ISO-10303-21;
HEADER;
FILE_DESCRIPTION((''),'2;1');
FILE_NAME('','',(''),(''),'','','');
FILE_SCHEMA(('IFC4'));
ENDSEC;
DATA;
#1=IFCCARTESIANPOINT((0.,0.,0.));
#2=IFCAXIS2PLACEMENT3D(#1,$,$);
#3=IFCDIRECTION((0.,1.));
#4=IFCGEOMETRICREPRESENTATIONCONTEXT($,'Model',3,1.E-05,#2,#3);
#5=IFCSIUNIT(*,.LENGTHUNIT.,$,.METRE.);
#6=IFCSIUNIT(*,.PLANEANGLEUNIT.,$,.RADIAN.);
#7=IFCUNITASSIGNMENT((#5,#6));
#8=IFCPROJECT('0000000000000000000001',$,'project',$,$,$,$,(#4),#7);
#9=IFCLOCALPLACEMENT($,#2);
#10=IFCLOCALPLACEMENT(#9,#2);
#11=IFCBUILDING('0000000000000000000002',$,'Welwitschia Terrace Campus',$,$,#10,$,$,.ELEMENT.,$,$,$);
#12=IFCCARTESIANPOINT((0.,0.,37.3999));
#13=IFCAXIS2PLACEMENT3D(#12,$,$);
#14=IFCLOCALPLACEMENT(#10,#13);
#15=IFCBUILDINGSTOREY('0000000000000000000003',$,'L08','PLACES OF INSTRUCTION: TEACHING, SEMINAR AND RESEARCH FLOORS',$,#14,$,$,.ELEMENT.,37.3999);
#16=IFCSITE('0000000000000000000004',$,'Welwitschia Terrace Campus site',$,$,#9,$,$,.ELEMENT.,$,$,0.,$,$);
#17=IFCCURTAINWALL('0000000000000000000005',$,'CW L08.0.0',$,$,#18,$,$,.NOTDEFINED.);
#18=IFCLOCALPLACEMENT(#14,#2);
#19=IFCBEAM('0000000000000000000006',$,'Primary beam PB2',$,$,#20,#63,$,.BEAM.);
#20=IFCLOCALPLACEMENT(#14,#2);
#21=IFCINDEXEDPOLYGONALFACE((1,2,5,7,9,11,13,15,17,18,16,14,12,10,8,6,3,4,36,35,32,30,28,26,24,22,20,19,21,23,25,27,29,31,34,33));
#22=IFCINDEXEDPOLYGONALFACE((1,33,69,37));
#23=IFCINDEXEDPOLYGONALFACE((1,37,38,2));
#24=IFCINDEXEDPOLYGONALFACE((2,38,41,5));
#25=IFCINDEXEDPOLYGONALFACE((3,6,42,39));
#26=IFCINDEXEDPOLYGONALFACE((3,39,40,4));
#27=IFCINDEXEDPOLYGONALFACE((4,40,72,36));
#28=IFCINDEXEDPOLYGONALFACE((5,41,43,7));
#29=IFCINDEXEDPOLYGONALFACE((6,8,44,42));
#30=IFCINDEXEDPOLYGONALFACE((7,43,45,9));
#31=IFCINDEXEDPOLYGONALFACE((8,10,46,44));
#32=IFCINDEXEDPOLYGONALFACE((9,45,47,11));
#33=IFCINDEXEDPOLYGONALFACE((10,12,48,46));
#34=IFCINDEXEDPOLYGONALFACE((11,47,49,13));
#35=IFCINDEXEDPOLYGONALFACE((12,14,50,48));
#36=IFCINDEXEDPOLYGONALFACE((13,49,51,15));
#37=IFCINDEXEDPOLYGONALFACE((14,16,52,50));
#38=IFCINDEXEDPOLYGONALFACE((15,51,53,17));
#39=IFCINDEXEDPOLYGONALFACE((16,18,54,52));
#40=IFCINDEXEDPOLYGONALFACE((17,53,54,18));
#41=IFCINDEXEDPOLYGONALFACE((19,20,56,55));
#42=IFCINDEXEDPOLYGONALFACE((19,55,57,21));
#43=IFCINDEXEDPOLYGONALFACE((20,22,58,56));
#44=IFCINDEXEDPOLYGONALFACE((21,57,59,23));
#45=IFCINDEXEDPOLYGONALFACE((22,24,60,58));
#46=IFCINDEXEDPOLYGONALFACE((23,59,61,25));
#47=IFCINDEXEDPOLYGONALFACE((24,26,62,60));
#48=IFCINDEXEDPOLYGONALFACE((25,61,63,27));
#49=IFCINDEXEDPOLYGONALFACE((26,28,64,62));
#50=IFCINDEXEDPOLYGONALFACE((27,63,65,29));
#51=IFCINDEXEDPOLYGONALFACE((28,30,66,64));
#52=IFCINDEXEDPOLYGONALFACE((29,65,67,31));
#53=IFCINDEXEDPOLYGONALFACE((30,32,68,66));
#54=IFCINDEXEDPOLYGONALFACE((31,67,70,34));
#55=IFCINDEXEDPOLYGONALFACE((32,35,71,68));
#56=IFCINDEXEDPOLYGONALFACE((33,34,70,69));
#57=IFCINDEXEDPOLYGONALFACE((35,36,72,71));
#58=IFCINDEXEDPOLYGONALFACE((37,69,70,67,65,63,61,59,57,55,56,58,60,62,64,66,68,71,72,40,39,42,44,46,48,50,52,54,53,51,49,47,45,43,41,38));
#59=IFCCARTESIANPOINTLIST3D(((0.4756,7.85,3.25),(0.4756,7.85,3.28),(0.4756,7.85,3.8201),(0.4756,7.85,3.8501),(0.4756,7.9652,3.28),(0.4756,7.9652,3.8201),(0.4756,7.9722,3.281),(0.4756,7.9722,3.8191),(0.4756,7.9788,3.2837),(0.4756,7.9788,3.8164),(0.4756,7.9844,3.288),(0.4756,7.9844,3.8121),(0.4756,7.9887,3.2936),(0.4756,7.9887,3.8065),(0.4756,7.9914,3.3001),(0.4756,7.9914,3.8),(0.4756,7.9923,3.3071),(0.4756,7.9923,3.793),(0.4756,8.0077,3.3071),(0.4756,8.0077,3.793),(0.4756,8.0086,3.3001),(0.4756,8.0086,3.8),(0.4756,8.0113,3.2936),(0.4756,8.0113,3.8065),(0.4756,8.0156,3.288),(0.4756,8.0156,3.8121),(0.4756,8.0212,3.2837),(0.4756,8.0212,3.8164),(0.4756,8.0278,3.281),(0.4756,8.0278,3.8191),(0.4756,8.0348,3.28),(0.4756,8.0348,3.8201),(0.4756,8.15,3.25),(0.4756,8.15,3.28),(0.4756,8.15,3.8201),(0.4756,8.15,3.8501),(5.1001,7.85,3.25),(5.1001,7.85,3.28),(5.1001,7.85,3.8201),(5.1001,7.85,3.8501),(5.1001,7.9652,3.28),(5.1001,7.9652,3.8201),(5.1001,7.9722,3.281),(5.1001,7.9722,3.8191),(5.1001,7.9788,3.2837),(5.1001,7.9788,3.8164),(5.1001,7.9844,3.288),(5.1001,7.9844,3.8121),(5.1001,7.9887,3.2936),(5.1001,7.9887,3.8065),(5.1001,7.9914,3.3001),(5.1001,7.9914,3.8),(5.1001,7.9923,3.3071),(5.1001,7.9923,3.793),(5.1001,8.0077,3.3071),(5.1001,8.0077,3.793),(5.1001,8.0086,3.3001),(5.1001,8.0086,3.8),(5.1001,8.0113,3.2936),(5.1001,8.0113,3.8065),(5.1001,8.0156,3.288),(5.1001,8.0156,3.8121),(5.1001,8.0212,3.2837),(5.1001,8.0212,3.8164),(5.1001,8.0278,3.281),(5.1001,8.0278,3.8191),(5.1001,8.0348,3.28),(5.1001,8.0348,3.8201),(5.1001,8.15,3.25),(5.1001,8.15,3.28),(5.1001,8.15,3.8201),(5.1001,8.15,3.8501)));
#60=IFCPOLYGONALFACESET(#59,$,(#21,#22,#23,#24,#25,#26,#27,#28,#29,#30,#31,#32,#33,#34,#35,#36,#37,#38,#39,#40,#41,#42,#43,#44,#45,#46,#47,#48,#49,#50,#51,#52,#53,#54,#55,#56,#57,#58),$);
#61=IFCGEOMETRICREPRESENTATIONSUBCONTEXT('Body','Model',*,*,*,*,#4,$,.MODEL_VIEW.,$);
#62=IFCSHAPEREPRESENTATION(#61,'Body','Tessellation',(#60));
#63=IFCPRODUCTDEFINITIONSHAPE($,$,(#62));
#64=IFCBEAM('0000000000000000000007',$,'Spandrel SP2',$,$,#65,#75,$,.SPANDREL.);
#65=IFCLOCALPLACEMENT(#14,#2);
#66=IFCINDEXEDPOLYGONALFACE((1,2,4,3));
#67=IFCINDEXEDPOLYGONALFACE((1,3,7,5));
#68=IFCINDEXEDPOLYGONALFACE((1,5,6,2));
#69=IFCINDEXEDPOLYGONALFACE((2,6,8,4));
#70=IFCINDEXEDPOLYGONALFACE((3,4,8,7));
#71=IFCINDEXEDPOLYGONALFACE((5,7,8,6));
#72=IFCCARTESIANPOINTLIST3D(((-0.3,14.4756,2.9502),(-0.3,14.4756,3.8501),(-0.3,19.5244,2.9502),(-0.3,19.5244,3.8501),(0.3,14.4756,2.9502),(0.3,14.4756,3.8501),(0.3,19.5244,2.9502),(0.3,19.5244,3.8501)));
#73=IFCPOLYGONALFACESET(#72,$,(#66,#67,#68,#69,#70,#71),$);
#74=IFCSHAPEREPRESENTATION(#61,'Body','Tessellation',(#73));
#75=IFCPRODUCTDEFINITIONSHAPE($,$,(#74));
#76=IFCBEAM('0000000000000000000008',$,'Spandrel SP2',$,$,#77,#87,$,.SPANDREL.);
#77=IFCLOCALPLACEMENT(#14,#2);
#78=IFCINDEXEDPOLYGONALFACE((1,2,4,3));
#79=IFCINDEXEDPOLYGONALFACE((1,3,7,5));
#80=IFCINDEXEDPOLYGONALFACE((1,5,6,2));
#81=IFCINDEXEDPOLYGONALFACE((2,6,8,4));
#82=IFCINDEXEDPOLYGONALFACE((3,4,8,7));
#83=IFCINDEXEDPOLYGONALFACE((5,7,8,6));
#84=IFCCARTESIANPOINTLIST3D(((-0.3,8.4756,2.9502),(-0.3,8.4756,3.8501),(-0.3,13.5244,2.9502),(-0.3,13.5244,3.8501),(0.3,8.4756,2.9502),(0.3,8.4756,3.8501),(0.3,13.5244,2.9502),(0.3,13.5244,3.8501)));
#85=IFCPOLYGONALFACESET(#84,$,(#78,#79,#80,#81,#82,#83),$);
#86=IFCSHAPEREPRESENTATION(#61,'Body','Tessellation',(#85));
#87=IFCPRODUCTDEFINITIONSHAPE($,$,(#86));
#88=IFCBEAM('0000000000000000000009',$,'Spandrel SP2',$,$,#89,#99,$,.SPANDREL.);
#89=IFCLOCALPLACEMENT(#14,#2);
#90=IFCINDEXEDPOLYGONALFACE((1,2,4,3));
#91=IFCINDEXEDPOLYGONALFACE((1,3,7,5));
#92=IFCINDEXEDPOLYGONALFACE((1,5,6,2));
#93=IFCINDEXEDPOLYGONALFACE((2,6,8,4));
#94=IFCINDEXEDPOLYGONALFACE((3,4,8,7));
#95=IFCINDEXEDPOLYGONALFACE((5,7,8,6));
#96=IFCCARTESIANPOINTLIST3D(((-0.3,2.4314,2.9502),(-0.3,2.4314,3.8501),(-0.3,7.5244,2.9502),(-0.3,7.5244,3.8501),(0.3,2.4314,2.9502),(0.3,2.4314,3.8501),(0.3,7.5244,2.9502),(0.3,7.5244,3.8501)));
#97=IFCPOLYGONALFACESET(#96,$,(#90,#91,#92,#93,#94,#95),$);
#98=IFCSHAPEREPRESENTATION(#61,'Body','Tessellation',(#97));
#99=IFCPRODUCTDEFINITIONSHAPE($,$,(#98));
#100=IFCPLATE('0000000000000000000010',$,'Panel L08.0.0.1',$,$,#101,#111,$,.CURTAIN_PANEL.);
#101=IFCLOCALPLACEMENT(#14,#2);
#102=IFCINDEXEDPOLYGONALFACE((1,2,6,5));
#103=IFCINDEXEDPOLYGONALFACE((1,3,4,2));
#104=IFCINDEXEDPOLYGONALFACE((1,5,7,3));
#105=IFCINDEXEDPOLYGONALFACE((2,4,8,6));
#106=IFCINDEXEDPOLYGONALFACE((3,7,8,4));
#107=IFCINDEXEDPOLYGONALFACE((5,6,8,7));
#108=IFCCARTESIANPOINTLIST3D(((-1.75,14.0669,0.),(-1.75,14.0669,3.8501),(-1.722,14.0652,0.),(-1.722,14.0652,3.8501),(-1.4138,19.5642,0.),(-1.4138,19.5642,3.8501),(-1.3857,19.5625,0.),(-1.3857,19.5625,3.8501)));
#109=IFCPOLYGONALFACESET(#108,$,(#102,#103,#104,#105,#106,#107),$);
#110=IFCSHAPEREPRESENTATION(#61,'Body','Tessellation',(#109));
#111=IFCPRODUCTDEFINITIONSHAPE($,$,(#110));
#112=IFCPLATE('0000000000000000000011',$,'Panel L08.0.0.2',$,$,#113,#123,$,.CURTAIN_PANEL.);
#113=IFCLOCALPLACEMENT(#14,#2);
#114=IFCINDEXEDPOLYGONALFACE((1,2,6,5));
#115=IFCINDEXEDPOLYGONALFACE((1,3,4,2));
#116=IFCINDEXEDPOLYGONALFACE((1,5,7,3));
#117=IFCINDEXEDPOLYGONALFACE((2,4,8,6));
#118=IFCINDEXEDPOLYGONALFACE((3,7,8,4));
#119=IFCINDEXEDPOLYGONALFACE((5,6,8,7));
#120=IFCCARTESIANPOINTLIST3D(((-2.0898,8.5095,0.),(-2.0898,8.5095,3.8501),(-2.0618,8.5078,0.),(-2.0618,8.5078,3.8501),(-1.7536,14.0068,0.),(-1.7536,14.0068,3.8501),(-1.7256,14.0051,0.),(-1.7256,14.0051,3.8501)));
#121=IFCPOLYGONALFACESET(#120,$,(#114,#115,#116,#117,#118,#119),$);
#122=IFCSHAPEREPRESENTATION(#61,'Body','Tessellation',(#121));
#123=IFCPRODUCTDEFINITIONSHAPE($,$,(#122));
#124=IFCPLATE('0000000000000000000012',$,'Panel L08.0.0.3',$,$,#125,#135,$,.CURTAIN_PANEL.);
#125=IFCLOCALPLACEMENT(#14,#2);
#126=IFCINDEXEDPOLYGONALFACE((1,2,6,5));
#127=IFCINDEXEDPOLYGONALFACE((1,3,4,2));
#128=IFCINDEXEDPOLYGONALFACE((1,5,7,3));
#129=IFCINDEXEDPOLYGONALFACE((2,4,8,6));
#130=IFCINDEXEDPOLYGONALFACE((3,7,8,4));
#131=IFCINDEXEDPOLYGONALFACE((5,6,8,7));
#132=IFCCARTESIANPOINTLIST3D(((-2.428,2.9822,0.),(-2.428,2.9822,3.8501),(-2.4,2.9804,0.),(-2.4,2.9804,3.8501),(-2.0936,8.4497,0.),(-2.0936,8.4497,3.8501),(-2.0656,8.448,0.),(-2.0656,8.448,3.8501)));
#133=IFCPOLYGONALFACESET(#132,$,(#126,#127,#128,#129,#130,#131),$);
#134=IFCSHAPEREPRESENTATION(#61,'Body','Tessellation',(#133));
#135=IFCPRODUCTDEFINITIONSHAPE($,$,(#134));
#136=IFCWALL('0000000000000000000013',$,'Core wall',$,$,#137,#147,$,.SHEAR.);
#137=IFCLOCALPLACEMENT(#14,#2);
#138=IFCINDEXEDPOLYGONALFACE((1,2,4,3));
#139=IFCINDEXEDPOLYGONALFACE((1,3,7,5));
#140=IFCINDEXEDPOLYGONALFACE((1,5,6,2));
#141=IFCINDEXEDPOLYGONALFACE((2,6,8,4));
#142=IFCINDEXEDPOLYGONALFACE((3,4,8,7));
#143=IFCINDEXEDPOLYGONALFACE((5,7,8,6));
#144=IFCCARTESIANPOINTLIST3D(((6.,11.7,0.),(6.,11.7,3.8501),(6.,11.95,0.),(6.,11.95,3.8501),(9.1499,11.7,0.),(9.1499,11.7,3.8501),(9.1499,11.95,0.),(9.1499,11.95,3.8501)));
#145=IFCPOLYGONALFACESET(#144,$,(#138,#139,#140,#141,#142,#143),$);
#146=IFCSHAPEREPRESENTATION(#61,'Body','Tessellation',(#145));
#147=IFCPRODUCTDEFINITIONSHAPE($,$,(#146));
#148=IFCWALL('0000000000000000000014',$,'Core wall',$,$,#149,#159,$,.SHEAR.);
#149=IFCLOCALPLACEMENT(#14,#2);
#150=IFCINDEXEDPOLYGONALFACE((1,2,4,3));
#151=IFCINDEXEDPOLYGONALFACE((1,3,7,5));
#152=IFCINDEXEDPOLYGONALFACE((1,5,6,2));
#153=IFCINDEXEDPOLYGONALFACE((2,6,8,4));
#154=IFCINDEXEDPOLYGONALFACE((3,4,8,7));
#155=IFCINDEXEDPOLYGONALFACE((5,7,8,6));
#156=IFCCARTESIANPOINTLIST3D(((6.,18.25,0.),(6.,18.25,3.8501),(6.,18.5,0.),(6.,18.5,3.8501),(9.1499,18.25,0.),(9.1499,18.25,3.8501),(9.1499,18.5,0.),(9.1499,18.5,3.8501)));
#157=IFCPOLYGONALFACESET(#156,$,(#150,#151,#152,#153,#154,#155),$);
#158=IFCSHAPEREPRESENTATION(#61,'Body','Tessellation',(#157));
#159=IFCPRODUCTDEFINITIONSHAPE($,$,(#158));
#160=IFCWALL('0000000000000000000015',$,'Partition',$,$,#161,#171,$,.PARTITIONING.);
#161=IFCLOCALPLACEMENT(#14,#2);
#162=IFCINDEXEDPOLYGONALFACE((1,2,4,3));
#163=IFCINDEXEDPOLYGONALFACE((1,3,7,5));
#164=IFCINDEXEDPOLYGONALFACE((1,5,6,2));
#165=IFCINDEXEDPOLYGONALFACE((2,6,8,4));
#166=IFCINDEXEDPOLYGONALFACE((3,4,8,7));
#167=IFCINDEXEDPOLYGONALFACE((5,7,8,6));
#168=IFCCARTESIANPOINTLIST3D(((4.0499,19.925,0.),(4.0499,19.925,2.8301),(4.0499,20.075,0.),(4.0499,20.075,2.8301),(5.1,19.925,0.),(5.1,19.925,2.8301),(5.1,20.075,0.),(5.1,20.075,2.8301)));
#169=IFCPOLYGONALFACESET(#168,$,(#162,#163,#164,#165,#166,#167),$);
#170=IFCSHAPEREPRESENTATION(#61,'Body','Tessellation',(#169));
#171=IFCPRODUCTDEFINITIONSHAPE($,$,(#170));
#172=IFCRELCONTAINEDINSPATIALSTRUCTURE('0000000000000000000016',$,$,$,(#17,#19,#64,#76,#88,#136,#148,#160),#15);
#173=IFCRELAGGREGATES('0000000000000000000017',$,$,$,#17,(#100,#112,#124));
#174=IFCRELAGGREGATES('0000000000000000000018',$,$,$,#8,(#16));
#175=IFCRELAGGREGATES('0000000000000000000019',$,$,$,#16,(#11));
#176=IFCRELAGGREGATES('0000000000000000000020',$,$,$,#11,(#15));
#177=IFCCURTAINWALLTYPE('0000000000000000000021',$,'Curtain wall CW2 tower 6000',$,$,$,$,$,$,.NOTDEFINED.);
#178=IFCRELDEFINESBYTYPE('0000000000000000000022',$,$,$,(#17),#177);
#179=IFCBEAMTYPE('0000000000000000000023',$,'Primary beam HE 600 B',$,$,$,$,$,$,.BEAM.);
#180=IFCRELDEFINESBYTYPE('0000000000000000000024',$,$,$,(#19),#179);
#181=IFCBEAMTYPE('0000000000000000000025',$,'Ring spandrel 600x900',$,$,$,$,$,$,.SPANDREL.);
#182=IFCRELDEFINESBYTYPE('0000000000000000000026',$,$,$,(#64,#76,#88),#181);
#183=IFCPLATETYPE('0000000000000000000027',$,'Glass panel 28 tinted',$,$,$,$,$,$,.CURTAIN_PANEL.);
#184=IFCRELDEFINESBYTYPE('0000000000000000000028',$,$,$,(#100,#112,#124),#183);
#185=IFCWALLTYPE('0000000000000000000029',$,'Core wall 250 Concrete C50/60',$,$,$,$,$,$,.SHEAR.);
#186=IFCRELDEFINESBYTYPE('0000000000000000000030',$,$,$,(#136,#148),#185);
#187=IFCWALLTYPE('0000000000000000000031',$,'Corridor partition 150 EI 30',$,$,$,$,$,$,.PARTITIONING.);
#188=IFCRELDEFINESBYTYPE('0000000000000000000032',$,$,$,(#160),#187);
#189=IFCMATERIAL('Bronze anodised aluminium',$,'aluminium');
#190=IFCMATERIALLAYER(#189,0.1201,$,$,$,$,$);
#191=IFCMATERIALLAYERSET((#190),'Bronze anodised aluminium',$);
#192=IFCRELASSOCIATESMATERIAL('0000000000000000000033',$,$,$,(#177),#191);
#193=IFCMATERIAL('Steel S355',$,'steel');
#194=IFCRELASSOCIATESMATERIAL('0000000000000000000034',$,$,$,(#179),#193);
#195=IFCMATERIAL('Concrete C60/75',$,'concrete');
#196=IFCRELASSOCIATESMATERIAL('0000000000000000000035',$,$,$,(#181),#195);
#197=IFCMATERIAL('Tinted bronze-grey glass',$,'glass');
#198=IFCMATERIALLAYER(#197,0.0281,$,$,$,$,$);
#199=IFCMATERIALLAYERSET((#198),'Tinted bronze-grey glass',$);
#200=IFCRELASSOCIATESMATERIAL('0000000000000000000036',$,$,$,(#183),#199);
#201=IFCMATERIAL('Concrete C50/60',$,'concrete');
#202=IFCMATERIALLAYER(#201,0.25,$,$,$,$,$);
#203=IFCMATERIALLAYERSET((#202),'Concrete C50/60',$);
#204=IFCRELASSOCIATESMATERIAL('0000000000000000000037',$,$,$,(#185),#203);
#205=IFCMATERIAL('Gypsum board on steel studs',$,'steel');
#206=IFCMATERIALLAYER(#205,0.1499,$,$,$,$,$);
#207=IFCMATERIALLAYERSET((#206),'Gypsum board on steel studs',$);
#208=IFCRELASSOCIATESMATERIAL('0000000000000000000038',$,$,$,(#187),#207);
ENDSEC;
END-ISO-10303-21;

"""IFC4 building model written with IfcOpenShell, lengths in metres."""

from ifc_helpers import new_model, si_unit, direction, frame, frame_2d, origin, origin_2d, place, context, subcontext, project, spatial, rectangle, i_section, extrude, material, layer, layer_set, material_profile, profile_set, type_object, element, aggregate, save


model = new_model("IFC4")

# Units and contexts
model_context = context("Model", 3, precision=1e-05, world=origin(), true_north=direction((0.0, 1.0)))
body_context = subcontext(model_context, "Body", "Model", "MODEL_VIEW")
ifc_project = project(units=[si_unit("LENGTHUNIT", "METRE"), si_unit("PLANEANGLEUNIT", "RADIAN")], contexts=[model_context])

# Site, building, storey
site_placement = place(None, origin())
site = spatial("IfcSite", under=ifc_project, at=site_placement, Name="Welwitschia Terrace Campus site", CompositionType="ELEMENT", RefElevation=0.0)
building_placement = place(site_placement, origin())
building = spatial("IfcBuilding", under=site, at=building_placement, Name="Welwitschia Terrace Campus", CompositionType="ELEMENT")
storey_placement = place(building_placement, frame((0.0, 0.0, 37.3999)))
storey = spatial("IfcBuildingStorey", under=building, at=storey_placement, Name="L08", Description="PLACES OF INSTRUCTION: TEACHING, SEMINAR AND RESEARCH FLOORS", CompositionType="ELEMENT", Elevation=37.3999)

# Curtain wall
ifc_material_1 = material(Name="Bronze anodised aluminium", Category="aluminium")
ifc_layer_1 = layer(ifc_material_1, 0.1201)
ifc_layer_set_1 = layer_set([ifc_layer_1], Name="Bronze anodised aluminium")
curtain_wall_type = type_object("IfcCurtainWallType", Name="Curtain wall CW2 tower 6000", PredefinedType="NOTDEFINED", material=ifc_layer_set_1)
curtain_wall_placement = place(storey_placement, origin())
curtain_wall = element("IfcCurtainWall", 1, at=curtain_wall_placement, inside=storey, type_object=curtain_wall_type, Name="CW L08.0.0", PredefinedType="NOTDEFINED")

# Beams
ifc_material_2 = material(Name="Steel S355", Category="steel")
ifc_material_profile_1 = material_profile(ifc_material_2, i_section(OverallWidth=0.3, OverallDepth=0.6001, WebThickness=0.0154, FlangeThickness=0.03, FilletRadius=0.0271, at=origin_2d()))
ifc_profile_set_1 = profile_set([ifc_material_profile_1], Name="Steel S355")
beam_type_1 = type_object("IfcBeamType", Name="Primary beam HE 600 B", PredefinedType="BEAM", material=ifc_profile_set_1)
for number, where, z_axis, x_axis, name in (
    (2, (0.4756, 8.0, 3.55), (1.0, 0.0, 0.0), (0.0, 1.0, 0.0), "Primary beam PB2"),
):
    element("IfcBeam", number, at=place(storey_placement, frame(where, z_axis=z_axis, x_axis=x_axis)), inside=storey, type_object=beam_type_1, Name=name, PredefinedType="BEAM", context=body_context, shape_type="SweptSolid", body=[
        extrude(i_section(OverallWidth=0.3, OverallDepth=0.6001, WebThickness=0.0154, FlangeThickness=0.03, FilletRadius=0.0271, at=origin_2d()), origin(), (0.0, 0.0, 1.0), 4.6245),
    ])
ifc_material_3 = material(Name="Concrete C60/75", Category="concrete")
ifc_material_profile_2 = material_profile(ifc_material_3, rectangle(XDim=0.6001, YDim=0.8999, at=origin_2d()))
ifc_profile_set_2 = profile_set([ifc_material_profile_2], Name="Concrete C60/75")
beam_type_2 = type_object("IfcBeamType", Name="Ring spandrel 600x900", PredefinedType="SPANDREL", material=ifc_profile_set_2)
for number, where, z_axis, x_axis, name in (
    (3, (0.0, 19.5244, 3.4001), (0.0, -1.0, 0.0), (1.0, 0.0, 0.0), "Spandrel SP2"),
    (4, (0.0, 13.5244, 3.4001), (0.0, -1.0, 0.0), (1.0, 0.0, 0.0), "Spandrel SP2"),
):
    element("IfcBeam", number, at=place(storey_placement, frame(where, z_axis=z_axis, x_axis=x_axis)), inside=storey, type_object=beam_type_2, Name=name, PredefinedType="SPANDREL", context=body_context, shape_type="SweptSolid", body=[
        extrude(rectangle(XDim=0.6001, YDim=0.8999, at=origin_2d()), origin(), (0.0, 0.0, 1.0), 5.0488),
    ])
beam_1_placement = place(storey_placement, frame((0.0, 7.5244, 3.4001), z_axis=(0.0, -1.0, 0.0), x_axis=(1.0, 0.0, 0.0)))
element("IfcBeam", 5, at=beam_1_placement, inside=storey, type_object=beam_type_2, Name="Spandrel SP2", PredefinedType="SPANDREL", context=body_context, shape_type="SweptSolid", body=[
    extrude(rectangle(XDim=0.6001, YDim=0.8999, at=origin_2d()), origin(), (0.0, 0.0, 1.0), 5.093),
])

# Plates
ifc_material_4 = material(Name="Tinted bronze-grey glass", Category="glass")
ifc_layer_2 = layer(ifc_material_4, 0.0281)
ifc_layer_set_2 = layer_set([ifc_layer_2], Name="Tinted bronze-grey glass")
plate_type = type_object("IfcPlateType", Name="Glass panel 28 tinted", PredefinedType="CURTAIN_PANEL", material=ifc_layer_set_2)
plate_1_placement = place(storey_placement, frame((-1.5679, 16.8147, 0.0), z_axis=(0.0, 0.0, 1.0), x_axis=(-0.061049, -0.998135, 0.0)))
plate_1 = element("IfcPlate", 6, at=plate_1_placement, type_object=plate_type, Name="Panel L08.0.0.1", PredefinedType="CURTAIN_PANEL", context=body_context, shape_type="SweptSolid", body=[
    extrude(rectangle(XDim=5.5076, YDim=0.0281, at=origin_2d()), origin(), (0.0, 0.0, 1.0), 3.8501),
])
plate_2_placement = place(storey_placement, frame((-1.9077, 11.2573, 0.0), z_axis=(0.0, 0.0, 1.0), x_axis=(-0.061049, -0.998135, 0.0)))
plate_2 = element("IfcPlate", 7, at=plate_2_placement, type_object=plate_type, Name="Panel L08.0.0.2", PredefinedType="CURTAIN_PANEL", context=body_context, shape_type="SweptSolid", body=[
    extrude(rectangle(XDim=5.5076, YDim=0.0281, at=origin_2d()), origin(), (0.0, 0.0, 1.0), 3.8501),
])
plate_3_placement = place(storey_placement, frame((-2.2468, 5.7151, 0.0), z_axis=(0.0, 0.0, 1.0), x_axis=(-0.061049, -0.998135, 0.0)))
plate_3 = element("IfcPlate", 8, at=plate_3_placement, type_object=plate_type, Name="Panel L08.0.0.3", PredefinedType="CURTAIN_PANEL", context=body_context, shape_type="SweptSolid", body=[
    extrude(rectangle(XDim=5.4778, YDim=0.0281, at=origin_2d()), origin(), (0.0, 0.0, 1.0), 3.8501),
])
aggregate(curtain_wall, [plate_1, plate_2, plate_3])

# Walls
ifc_material_5 = material(Name="Concrete C50/60", Category="concrete")
ifc_layer_3 = layer(ifc_material_5, 0.25)
ifc_layer_set_3 = layer_set([ifc_layer_3], Name="Concrete C50/60")
wall_type_1 = type_object("IfcWallType", Name="Core wall 250 Concrete C50/60", PredefinedType="SHEAR", material=ifc_layer_set_3)
for number, where, z_axis, x_axis, name in (
    (9, (6.0, 11.825, 0.0), (0.0, 0.0, 1.0), (1.0, 0.0, 0.0), "Core wall"),
    (10, (6.0, 18.375, 0.0), (0.0, 0.0, 1.0), (1.0, 0.0, 0.0), "Core wall"),
):
    element("IfcWall", number, at=place(storey_placement, frame(where, z_axis=z_axis, x_axis=x_axis)), inside=storey, type_object=wall_type_1, Name=name, PredefinedType="SHEAR", context=body_context, shape_type="SweptSolid", body=[
        extrude(rectangle(XDim=3.1499, YDim=0.25, at=frame_2d((1.575, 0.0))), origin(), (0.0, 0.0, 1.0), 3.8501),
    ])
ifc_material_6 = material(Name="Gypsum board on steel studs", Category="steel")
ifc_layer_4 = layer(ifc_material_6, 0.1499)
ifc_layer_set_4 = layer_set([ifc_layer_4], Name="Gypsum board on steel studs")
wall_type_2 = type_object("IfcWallType", Name="Corridor partition 150 EI 30", PredefinedType="PARTITIONING", material=ifc_layer_set_4)
wall_placement = place(storey_placement, frame((4.05, 20.0, 0.0), z_axis=(0.0, 0.0, 1.0), x_axis=(1.0, 0.0, 0.0)))
element("IfcWall", 11, at=wall_placement, inside=storey, type_object=wall_type_2, Name="Partition", PredefinedType="PARTITIONING", context=body_context, shape_type="SweptSolid", body=[
    extrude(rectangle(XDim=1.05, YDim=0.1499, at=frame_2d((0.5249, 0.0))), origin(), (0.0, 0.0, 1.0), 2.8301),
])

save(model, "model.ifc")
